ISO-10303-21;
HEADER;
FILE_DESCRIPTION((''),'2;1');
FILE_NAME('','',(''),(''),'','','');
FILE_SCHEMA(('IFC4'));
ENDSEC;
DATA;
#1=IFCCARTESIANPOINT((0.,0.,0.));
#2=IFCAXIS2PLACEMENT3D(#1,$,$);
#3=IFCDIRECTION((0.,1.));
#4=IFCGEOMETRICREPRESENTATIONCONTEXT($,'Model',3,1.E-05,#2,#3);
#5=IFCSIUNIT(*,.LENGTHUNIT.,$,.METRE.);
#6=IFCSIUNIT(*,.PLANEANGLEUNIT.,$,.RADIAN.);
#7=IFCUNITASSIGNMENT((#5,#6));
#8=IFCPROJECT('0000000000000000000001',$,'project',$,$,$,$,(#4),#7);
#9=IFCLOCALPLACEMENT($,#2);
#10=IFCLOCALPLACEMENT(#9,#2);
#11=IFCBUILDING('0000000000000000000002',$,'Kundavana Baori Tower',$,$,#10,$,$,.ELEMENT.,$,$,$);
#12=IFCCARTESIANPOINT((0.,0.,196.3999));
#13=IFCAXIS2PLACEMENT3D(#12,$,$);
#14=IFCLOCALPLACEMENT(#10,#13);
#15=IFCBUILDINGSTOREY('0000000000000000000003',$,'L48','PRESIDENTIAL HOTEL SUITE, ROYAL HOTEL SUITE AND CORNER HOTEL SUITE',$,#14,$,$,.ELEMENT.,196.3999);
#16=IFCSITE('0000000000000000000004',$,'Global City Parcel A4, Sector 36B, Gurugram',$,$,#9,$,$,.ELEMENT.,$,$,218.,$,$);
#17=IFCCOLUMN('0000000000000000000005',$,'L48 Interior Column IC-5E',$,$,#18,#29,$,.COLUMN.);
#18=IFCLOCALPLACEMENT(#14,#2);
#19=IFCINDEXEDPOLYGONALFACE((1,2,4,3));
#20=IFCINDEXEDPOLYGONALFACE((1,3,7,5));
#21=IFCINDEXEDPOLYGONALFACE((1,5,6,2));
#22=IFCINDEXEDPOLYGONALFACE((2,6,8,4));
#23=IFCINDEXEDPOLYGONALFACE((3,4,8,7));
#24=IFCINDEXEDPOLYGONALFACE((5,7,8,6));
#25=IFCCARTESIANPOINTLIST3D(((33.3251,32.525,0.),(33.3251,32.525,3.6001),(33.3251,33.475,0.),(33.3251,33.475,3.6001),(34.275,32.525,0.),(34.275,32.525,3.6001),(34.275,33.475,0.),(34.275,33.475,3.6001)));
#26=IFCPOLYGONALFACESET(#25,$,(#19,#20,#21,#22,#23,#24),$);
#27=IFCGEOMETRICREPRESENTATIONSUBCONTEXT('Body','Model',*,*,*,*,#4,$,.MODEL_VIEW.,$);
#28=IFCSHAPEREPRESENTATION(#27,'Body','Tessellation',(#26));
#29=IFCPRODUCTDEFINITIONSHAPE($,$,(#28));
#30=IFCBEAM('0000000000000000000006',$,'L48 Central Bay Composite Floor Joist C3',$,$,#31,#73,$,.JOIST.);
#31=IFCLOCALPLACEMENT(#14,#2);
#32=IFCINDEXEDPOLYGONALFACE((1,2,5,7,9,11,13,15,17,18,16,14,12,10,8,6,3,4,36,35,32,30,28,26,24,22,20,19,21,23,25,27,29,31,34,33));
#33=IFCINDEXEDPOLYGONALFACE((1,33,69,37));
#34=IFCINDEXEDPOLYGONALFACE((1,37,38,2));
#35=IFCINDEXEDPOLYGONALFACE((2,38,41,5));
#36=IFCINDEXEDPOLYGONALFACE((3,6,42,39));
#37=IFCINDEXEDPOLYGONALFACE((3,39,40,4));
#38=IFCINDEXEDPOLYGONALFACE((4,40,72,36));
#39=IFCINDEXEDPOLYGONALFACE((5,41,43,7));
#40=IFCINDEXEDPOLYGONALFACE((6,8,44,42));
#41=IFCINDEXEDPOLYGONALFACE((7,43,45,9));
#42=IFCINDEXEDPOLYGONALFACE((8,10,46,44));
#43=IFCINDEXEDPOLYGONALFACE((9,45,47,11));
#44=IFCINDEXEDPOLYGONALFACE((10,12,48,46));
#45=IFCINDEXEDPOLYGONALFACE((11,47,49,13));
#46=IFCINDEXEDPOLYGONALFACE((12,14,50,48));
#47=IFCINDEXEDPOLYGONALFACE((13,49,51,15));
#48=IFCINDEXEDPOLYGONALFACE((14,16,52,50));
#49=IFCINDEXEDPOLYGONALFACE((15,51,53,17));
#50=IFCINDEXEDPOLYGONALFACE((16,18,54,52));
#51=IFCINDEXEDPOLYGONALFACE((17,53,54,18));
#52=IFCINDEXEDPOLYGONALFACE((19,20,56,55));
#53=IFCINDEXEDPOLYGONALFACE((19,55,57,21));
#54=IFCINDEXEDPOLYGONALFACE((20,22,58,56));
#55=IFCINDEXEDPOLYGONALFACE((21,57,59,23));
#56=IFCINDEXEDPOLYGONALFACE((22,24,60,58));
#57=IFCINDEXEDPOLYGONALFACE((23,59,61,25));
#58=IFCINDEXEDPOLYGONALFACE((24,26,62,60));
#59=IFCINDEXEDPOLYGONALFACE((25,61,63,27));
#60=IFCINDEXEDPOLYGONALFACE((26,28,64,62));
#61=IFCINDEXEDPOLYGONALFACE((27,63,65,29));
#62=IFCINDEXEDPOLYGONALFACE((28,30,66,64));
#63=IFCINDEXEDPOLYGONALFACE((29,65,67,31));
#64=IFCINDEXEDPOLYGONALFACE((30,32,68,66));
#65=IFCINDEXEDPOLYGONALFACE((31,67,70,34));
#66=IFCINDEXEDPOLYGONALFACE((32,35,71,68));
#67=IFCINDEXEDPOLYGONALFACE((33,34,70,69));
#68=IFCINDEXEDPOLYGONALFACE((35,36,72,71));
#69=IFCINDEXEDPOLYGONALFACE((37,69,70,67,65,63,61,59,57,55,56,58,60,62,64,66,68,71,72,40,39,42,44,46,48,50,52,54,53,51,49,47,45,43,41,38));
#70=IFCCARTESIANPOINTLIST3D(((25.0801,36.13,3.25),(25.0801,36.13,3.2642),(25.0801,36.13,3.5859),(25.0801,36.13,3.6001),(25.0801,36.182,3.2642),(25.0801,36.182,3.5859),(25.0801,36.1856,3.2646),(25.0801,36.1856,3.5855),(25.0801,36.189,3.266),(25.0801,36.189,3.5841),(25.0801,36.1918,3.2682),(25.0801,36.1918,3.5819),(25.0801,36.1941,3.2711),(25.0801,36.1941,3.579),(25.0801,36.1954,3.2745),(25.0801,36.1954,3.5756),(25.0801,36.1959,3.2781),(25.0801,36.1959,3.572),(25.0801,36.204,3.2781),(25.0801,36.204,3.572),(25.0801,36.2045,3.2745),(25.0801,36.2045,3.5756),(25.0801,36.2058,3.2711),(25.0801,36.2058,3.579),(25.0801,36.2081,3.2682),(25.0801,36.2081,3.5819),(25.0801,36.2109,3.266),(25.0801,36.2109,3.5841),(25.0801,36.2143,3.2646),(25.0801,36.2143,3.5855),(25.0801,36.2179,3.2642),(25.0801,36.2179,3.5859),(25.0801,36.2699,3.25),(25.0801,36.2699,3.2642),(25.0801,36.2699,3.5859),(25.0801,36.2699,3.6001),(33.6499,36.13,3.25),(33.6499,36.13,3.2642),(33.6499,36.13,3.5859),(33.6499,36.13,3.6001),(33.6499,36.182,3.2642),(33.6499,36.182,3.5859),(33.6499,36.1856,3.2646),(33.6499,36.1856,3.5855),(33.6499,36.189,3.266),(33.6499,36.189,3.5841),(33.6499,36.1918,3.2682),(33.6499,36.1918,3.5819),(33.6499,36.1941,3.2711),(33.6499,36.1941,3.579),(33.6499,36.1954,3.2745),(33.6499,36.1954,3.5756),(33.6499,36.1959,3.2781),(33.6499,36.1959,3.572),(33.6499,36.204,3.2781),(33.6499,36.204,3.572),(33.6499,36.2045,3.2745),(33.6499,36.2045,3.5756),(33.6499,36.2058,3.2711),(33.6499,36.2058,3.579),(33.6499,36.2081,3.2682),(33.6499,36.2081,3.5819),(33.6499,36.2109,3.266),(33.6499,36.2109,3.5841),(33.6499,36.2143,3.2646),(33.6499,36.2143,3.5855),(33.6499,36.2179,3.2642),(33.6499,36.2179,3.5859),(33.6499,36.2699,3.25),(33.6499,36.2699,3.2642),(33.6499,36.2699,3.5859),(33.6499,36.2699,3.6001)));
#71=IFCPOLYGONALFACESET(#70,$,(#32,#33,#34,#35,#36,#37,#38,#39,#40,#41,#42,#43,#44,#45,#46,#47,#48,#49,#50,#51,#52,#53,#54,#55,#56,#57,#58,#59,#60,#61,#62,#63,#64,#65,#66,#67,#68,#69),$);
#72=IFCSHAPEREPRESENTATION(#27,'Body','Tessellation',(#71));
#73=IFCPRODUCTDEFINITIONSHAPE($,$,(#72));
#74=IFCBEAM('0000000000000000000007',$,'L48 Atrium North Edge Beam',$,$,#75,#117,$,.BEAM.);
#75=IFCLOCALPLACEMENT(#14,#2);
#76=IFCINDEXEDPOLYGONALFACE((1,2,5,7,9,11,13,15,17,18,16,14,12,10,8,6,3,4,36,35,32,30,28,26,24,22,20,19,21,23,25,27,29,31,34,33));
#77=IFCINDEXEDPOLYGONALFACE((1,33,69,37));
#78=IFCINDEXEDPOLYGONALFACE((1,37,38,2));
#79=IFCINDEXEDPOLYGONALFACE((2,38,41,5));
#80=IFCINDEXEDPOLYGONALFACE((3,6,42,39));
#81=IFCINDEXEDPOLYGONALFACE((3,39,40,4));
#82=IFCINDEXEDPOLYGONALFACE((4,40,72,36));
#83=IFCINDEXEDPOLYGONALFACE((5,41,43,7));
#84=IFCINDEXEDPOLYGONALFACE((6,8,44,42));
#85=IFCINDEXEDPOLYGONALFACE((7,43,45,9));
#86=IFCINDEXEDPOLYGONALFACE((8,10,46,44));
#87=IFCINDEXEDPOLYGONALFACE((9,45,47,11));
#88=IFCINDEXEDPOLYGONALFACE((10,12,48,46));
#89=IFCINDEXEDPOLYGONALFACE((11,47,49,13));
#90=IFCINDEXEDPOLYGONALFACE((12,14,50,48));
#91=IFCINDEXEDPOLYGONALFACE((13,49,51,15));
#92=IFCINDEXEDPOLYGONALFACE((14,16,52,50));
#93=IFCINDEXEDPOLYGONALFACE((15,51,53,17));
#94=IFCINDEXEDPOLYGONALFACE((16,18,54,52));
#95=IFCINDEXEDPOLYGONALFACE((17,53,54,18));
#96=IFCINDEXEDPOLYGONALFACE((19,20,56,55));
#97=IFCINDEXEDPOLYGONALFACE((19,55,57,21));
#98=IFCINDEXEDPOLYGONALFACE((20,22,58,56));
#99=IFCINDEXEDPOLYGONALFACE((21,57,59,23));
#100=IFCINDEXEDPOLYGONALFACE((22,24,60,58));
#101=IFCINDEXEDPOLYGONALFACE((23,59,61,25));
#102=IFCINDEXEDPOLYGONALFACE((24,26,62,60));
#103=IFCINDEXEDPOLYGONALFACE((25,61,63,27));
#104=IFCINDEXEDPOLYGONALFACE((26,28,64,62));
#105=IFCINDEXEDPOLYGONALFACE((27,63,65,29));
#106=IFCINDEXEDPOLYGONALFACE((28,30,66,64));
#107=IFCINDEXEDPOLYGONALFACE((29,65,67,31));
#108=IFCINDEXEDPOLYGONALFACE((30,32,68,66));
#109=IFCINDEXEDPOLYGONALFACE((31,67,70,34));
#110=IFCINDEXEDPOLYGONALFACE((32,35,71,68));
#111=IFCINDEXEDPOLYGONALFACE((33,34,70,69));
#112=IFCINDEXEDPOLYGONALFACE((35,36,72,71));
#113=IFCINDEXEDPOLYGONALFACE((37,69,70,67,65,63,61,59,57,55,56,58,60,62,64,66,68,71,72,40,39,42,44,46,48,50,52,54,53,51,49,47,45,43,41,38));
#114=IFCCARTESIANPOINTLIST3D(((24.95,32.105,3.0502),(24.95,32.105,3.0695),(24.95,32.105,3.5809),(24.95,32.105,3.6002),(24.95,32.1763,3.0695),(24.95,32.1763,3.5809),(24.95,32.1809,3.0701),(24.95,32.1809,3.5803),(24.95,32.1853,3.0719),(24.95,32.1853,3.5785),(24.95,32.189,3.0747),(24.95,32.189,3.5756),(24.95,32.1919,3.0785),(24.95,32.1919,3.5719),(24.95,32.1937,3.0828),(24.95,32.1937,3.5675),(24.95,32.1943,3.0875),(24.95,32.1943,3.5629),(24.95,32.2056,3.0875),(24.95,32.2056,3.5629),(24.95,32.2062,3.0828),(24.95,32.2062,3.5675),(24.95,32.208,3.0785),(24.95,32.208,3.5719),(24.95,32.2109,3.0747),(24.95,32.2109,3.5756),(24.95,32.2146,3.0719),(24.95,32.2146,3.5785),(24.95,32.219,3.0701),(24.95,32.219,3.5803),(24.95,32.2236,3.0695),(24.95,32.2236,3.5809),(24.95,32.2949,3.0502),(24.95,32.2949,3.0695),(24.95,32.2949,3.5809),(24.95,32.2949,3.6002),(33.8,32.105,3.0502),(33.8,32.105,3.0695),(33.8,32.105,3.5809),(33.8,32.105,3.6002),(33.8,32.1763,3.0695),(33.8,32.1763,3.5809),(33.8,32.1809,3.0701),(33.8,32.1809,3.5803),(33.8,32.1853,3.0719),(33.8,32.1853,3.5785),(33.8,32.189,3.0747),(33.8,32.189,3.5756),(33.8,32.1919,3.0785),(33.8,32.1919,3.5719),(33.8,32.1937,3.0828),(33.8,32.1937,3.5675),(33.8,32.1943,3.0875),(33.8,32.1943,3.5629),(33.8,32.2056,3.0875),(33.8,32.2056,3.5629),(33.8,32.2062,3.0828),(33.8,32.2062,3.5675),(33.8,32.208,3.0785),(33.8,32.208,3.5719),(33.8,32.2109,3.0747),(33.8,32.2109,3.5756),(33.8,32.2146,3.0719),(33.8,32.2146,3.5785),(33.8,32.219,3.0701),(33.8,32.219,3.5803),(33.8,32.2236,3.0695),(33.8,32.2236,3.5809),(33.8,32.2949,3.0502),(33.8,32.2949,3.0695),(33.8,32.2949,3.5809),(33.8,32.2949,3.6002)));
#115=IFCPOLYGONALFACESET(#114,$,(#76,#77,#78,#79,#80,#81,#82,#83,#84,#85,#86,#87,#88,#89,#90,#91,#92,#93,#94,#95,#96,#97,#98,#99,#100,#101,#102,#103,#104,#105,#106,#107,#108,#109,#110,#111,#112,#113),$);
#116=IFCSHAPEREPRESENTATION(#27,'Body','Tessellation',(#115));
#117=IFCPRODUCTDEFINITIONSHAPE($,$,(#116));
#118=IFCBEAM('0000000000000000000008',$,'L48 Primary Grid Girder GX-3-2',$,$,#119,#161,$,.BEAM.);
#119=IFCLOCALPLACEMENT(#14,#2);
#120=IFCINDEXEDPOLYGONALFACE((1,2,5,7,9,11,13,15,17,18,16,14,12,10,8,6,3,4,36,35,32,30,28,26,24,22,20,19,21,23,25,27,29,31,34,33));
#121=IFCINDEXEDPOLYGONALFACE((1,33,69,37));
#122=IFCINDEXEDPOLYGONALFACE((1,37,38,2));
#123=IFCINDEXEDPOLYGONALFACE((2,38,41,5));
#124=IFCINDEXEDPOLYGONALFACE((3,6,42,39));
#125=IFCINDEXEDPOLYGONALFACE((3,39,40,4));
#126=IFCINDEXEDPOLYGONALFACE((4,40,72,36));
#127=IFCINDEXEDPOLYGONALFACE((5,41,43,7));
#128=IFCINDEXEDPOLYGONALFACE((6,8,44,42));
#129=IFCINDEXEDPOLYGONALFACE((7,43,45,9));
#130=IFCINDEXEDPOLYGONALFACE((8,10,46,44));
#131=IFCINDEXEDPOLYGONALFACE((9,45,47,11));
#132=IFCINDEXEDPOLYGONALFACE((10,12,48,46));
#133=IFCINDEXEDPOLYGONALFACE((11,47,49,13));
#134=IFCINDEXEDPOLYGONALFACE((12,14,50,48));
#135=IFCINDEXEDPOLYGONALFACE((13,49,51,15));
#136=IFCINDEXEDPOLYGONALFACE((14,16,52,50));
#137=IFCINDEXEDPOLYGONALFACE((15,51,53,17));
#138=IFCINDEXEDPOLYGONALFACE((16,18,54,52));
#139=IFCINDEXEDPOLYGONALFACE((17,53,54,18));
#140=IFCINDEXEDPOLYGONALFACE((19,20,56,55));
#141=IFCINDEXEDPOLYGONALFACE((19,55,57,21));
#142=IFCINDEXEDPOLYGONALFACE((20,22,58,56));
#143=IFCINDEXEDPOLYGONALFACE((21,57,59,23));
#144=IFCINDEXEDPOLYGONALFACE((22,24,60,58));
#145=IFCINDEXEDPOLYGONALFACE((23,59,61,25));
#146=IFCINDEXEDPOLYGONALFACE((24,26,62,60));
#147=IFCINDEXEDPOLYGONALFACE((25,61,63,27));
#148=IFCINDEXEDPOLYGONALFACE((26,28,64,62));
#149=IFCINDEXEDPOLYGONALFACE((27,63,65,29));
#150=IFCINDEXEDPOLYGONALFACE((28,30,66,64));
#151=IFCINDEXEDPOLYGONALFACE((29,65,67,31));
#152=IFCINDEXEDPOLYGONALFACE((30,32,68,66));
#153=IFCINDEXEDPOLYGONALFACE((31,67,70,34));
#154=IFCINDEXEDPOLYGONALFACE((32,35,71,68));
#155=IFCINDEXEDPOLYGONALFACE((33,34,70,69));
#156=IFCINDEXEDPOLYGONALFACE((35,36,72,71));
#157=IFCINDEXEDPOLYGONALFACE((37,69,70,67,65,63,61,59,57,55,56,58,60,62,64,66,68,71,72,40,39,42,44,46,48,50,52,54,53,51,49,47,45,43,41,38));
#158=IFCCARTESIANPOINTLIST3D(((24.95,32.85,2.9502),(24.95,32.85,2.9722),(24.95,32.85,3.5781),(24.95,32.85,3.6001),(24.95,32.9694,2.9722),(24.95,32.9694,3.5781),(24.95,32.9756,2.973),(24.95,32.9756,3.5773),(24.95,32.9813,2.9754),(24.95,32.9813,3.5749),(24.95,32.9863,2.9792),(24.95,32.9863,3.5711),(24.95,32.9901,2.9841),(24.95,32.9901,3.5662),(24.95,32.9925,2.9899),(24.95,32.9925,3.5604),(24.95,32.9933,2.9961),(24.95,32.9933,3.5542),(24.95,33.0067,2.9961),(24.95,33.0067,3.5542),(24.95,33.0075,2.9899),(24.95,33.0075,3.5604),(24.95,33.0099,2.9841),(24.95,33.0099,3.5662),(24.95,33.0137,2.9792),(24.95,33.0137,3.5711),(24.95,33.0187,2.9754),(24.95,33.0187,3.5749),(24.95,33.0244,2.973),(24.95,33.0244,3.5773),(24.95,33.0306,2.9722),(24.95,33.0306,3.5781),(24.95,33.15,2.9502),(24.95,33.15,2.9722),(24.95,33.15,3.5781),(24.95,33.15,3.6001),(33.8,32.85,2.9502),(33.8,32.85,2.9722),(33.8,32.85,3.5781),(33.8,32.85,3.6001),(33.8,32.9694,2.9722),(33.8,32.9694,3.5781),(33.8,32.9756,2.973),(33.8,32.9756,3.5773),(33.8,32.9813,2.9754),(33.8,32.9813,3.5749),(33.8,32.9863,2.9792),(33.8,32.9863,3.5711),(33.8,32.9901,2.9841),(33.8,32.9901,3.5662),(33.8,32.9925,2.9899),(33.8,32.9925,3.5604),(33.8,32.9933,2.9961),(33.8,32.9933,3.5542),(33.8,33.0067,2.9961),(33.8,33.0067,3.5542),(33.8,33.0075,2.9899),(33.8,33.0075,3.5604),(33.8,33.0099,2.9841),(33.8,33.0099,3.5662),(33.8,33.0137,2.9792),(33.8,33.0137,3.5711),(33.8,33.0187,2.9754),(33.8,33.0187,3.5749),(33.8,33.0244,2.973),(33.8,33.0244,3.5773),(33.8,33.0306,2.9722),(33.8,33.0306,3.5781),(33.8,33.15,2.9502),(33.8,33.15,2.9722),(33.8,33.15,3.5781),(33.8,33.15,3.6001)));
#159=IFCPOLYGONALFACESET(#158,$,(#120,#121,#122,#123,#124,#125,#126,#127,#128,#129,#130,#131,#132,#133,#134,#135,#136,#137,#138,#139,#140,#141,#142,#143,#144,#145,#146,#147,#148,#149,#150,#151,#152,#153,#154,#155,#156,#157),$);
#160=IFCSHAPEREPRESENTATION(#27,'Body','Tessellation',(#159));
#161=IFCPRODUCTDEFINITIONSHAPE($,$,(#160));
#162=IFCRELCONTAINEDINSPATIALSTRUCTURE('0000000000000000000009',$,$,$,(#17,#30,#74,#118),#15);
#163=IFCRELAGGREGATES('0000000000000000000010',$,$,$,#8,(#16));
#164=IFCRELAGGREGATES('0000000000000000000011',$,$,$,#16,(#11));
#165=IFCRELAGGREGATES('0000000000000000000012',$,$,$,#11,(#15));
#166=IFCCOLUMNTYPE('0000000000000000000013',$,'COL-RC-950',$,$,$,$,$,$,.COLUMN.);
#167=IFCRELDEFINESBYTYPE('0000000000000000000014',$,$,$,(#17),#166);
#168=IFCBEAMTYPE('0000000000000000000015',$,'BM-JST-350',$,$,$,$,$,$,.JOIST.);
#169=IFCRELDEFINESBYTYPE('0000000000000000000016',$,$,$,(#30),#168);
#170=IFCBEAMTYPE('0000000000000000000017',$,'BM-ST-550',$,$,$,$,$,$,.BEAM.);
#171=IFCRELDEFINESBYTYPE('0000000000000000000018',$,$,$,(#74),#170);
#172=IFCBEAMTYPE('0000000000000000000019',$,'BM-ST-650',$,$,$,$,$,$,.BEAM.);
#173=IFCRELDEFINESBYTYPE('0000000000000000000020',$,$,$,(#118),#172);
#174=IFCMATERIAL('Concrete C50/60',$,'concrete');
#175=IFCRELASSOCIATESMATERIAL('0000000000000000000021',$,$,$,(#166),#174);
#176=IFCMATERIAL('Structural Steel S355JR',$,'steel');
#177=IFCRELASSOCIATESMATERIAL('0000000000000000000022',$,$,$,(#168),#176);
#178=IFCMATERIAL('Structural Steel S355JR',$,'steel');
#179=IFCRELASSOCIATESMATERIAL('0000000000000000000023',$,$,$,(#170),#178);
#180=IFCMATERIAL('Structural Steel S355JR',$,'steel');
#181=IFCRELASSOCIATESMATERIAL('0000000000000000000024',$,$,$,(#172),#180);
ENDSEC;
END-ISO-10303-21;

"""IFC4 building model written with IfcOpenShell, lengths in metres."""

from ifc_helpers import new_model, si_unit, direction, frame, origin, origin_2d, place, context, subcontext, project, spatial, rectangle, i_section, extrude, material, material_profile, profile_set, type_object, element, save


model = new_model("IFC4")

# Units and contexts
model_context = context("Model", 3, precision=1e-05, world=origin(), true_north=direction((0.0, 1.0)))
body_context = subcontext(model_context, "Body", "Model", "MODEL_VIEW")
ifc_project = project(units=[si_unit("LENGTHUNIT", "METRE"), si_unit("PLANEANGLEUNIT", "RADIAN")], contexts=[model_context])

# Site, building, storey
site_placement = place(None, origin())
site = spatial("IfcSite", under=ifc_project, at=site_placement, Name="Global City Parcel A4, Sector 36B, Gurugram", CompositionType="ELEMENT", RefElevation=218.0)
building_placement = place(site_placement, origin())
building = spatial("IfcBuilding", under=site, at=building_placement, Name="Kundavana Baori Tower", CompositionType="ELEMENT")
storey_placement = place(building_placement, frame((0.0, 0.0, 196.3999)))
storey = spatial("IfcBuildingStorey", under=building, at=storey_placement, Name="L48", Description="PRESIDENTIAL HOTEL SUITE, ROYAL HOTEL SUITE AND CORNER HOTEL SUITE", CompositionType="ELEMENT", Elevation=196.3999)

# Column
ifc_material_1 = material(Name="Concrete C50/60", Category="concrete")
ifc_material_profile_1 = material_profile(ifc_material_1, rectangle(XDim=0.95, YDim=0.95, at=origin_2d()), Name="RC 950x950")
ifc_profile_set_1 = profile_set([ifc_material_profile_1], Name="Concrete C50/60")
column_type = type_object("IfcColumnType", Name="COL-RC-950", PredefinedType="COLUMN", material=ifc_profile_set_1)
column_placement = place(storey_placement, frame((33.8, 33.0, 0.0), z_axis=(0.0, 0.0, 1.0), x_axis=(1.0, 0.0, 0.0)))
element("IfcColumn", 1, at=column_placement, inside=storey, type_object=column_type, Name="L48 Interior Column IC-5E", PredefinedType="COLUMN", context=body_context, shape_type="SweptSolid", body=[
    extrude(rectangle(XDim=0.95, YDim=0.95, at=origin_2d()), origin(), (0.0, 0.0, 1.0), 3.6001),
])

# Beams
ifc_material_2 = material(Name="Structural Steel S355JR", Category="steel")
ifc_material_profile_2 = material_profile(ifc_material_2, i_section(OverallWidth=0.1399, OverallDepth=0.3501, WebThickness=0.0081, FlangeThickness=0.0142, FilletRadius=0.0139, at=origin_2d()), Name="ISMB 350")
ifc_profile_set_2 = profile_set([ifc_material_profile_2], Name="Structural Steel S355JR")
beam_type_1 = type_object("IfcBeamType", Name="BM-JST-350", PredefinedType="JOIST", material=ifc_profile_set_2)
beam_1_placement = place(storey_placement, frame((25.0801, 36.2, 3.425), z_axis=(1.0, 0.0, 0.0), x_axis=(0.0, 1.0, 0.0)))
element("IfcBeam", 2, at=beam_1_placement, inside=storey, type_object=beam_type_1, Name="L48 Central Bay Composite Floor Joist C3", PredefinedType="JOIST", context=body_context, shape_type="SweptSolid", body=[
    extrude(i_section(OverallWidth=0.1399, OverallDepth=0.3501, WebThickness=0.0081, FlangeThickness=0.0142, FilletRadius=0.0139, at=origin_2d()), origin(), (0.0, 0.0, 1.0), 8.5698),
])
ifc_material_3 = material(Name="Structural Steel S355JR", Category="steel")
ifc_material_profile_3 = material_profile(ifc_material_3, i_section(OverallWidth=0.1899, OverallDepth=0.55, WebThickness=0.0112, FlangeThickness=0.0193, FilletRadius=0.0181, at=origin_2d()), Name="ISMB 550")
ifc_profile_set_3 = profile_set([ifc_material_profile_3], Name="Structural Steel S355JR")
beam_type_2 = type_object("IfcBeamType", Name="BM-ST-550", PredefinedType="BEAM", material=ifc_profile_set_3)
beam_2_placement = place(storey_placement, frame((24.95, 32.2, 3.3252), z_axis=(1.0, 0.0, 0.0), x_axis=(0.0, 1.0, 0.0)))
element("IfcBeam", 3, at=beam_2_placement, inside=storey, type_object=beam_type_2, Name="L48 Atrium North Edge Beam", PredefinedType="BEAM", context=body_context, shape_type="SweptSolid", body=[
    extrude(i_section(OverallWidth=0.1899, OverallDepth=0.55, WebThickness=0.0112, FlangeThickness=0.0193, FilletRadius=0.0181, at=origin_2d()), origin(), (0.0, 0.0, 1.0), 8.8501),
])
ifc_material_4 = material(Name="Structural Steel S355JR", Category="steel")
ifc_material_profile_4 = material_profile(ifc_material_4, i_section(OverallWidth=0.3, OverallDepth=0.6499, WebThickness=0.0134, FlangeThickness=0.022, FilletRadius=0.0239, at=origin_2d()), Name="NPB 650x300x155")
ifc_profile_set_4 = profile_set([ifc_material_profile_4], Name="Structural Steel S355JR")
beam_type_3 = type_object("IfcBeamType", Name="BM-ST-650", PredefinedType="BEAM", material=ifc_profile_set_4)
beam_3_placement = place(storey_placement, frame((24.95, 33.0, 3.2751), z_axis=(1.0, 0.0, 0.0), x_axis=(0.0, 1.0, 0.0)))
element("IfcBeam", 4, at=beam_3_placement, inside=storey, type_object=beam_type_3, Name="L48 Primary Grid Girder GX-3-2", PredefinedType="BEAM", context=body_context, shape_type="SweptSolid", body=[
    extrude(i_section(OverallWidth=0.3, OverallDepth=0.6499, WebThickness=0.0134, FlangeThickness=0.022, FilletRadius=0.0239, at=origin_2d()), origin(), (0.0, 0.0, 1.0), 8.8501),
])

save(model, "model.ifc")
